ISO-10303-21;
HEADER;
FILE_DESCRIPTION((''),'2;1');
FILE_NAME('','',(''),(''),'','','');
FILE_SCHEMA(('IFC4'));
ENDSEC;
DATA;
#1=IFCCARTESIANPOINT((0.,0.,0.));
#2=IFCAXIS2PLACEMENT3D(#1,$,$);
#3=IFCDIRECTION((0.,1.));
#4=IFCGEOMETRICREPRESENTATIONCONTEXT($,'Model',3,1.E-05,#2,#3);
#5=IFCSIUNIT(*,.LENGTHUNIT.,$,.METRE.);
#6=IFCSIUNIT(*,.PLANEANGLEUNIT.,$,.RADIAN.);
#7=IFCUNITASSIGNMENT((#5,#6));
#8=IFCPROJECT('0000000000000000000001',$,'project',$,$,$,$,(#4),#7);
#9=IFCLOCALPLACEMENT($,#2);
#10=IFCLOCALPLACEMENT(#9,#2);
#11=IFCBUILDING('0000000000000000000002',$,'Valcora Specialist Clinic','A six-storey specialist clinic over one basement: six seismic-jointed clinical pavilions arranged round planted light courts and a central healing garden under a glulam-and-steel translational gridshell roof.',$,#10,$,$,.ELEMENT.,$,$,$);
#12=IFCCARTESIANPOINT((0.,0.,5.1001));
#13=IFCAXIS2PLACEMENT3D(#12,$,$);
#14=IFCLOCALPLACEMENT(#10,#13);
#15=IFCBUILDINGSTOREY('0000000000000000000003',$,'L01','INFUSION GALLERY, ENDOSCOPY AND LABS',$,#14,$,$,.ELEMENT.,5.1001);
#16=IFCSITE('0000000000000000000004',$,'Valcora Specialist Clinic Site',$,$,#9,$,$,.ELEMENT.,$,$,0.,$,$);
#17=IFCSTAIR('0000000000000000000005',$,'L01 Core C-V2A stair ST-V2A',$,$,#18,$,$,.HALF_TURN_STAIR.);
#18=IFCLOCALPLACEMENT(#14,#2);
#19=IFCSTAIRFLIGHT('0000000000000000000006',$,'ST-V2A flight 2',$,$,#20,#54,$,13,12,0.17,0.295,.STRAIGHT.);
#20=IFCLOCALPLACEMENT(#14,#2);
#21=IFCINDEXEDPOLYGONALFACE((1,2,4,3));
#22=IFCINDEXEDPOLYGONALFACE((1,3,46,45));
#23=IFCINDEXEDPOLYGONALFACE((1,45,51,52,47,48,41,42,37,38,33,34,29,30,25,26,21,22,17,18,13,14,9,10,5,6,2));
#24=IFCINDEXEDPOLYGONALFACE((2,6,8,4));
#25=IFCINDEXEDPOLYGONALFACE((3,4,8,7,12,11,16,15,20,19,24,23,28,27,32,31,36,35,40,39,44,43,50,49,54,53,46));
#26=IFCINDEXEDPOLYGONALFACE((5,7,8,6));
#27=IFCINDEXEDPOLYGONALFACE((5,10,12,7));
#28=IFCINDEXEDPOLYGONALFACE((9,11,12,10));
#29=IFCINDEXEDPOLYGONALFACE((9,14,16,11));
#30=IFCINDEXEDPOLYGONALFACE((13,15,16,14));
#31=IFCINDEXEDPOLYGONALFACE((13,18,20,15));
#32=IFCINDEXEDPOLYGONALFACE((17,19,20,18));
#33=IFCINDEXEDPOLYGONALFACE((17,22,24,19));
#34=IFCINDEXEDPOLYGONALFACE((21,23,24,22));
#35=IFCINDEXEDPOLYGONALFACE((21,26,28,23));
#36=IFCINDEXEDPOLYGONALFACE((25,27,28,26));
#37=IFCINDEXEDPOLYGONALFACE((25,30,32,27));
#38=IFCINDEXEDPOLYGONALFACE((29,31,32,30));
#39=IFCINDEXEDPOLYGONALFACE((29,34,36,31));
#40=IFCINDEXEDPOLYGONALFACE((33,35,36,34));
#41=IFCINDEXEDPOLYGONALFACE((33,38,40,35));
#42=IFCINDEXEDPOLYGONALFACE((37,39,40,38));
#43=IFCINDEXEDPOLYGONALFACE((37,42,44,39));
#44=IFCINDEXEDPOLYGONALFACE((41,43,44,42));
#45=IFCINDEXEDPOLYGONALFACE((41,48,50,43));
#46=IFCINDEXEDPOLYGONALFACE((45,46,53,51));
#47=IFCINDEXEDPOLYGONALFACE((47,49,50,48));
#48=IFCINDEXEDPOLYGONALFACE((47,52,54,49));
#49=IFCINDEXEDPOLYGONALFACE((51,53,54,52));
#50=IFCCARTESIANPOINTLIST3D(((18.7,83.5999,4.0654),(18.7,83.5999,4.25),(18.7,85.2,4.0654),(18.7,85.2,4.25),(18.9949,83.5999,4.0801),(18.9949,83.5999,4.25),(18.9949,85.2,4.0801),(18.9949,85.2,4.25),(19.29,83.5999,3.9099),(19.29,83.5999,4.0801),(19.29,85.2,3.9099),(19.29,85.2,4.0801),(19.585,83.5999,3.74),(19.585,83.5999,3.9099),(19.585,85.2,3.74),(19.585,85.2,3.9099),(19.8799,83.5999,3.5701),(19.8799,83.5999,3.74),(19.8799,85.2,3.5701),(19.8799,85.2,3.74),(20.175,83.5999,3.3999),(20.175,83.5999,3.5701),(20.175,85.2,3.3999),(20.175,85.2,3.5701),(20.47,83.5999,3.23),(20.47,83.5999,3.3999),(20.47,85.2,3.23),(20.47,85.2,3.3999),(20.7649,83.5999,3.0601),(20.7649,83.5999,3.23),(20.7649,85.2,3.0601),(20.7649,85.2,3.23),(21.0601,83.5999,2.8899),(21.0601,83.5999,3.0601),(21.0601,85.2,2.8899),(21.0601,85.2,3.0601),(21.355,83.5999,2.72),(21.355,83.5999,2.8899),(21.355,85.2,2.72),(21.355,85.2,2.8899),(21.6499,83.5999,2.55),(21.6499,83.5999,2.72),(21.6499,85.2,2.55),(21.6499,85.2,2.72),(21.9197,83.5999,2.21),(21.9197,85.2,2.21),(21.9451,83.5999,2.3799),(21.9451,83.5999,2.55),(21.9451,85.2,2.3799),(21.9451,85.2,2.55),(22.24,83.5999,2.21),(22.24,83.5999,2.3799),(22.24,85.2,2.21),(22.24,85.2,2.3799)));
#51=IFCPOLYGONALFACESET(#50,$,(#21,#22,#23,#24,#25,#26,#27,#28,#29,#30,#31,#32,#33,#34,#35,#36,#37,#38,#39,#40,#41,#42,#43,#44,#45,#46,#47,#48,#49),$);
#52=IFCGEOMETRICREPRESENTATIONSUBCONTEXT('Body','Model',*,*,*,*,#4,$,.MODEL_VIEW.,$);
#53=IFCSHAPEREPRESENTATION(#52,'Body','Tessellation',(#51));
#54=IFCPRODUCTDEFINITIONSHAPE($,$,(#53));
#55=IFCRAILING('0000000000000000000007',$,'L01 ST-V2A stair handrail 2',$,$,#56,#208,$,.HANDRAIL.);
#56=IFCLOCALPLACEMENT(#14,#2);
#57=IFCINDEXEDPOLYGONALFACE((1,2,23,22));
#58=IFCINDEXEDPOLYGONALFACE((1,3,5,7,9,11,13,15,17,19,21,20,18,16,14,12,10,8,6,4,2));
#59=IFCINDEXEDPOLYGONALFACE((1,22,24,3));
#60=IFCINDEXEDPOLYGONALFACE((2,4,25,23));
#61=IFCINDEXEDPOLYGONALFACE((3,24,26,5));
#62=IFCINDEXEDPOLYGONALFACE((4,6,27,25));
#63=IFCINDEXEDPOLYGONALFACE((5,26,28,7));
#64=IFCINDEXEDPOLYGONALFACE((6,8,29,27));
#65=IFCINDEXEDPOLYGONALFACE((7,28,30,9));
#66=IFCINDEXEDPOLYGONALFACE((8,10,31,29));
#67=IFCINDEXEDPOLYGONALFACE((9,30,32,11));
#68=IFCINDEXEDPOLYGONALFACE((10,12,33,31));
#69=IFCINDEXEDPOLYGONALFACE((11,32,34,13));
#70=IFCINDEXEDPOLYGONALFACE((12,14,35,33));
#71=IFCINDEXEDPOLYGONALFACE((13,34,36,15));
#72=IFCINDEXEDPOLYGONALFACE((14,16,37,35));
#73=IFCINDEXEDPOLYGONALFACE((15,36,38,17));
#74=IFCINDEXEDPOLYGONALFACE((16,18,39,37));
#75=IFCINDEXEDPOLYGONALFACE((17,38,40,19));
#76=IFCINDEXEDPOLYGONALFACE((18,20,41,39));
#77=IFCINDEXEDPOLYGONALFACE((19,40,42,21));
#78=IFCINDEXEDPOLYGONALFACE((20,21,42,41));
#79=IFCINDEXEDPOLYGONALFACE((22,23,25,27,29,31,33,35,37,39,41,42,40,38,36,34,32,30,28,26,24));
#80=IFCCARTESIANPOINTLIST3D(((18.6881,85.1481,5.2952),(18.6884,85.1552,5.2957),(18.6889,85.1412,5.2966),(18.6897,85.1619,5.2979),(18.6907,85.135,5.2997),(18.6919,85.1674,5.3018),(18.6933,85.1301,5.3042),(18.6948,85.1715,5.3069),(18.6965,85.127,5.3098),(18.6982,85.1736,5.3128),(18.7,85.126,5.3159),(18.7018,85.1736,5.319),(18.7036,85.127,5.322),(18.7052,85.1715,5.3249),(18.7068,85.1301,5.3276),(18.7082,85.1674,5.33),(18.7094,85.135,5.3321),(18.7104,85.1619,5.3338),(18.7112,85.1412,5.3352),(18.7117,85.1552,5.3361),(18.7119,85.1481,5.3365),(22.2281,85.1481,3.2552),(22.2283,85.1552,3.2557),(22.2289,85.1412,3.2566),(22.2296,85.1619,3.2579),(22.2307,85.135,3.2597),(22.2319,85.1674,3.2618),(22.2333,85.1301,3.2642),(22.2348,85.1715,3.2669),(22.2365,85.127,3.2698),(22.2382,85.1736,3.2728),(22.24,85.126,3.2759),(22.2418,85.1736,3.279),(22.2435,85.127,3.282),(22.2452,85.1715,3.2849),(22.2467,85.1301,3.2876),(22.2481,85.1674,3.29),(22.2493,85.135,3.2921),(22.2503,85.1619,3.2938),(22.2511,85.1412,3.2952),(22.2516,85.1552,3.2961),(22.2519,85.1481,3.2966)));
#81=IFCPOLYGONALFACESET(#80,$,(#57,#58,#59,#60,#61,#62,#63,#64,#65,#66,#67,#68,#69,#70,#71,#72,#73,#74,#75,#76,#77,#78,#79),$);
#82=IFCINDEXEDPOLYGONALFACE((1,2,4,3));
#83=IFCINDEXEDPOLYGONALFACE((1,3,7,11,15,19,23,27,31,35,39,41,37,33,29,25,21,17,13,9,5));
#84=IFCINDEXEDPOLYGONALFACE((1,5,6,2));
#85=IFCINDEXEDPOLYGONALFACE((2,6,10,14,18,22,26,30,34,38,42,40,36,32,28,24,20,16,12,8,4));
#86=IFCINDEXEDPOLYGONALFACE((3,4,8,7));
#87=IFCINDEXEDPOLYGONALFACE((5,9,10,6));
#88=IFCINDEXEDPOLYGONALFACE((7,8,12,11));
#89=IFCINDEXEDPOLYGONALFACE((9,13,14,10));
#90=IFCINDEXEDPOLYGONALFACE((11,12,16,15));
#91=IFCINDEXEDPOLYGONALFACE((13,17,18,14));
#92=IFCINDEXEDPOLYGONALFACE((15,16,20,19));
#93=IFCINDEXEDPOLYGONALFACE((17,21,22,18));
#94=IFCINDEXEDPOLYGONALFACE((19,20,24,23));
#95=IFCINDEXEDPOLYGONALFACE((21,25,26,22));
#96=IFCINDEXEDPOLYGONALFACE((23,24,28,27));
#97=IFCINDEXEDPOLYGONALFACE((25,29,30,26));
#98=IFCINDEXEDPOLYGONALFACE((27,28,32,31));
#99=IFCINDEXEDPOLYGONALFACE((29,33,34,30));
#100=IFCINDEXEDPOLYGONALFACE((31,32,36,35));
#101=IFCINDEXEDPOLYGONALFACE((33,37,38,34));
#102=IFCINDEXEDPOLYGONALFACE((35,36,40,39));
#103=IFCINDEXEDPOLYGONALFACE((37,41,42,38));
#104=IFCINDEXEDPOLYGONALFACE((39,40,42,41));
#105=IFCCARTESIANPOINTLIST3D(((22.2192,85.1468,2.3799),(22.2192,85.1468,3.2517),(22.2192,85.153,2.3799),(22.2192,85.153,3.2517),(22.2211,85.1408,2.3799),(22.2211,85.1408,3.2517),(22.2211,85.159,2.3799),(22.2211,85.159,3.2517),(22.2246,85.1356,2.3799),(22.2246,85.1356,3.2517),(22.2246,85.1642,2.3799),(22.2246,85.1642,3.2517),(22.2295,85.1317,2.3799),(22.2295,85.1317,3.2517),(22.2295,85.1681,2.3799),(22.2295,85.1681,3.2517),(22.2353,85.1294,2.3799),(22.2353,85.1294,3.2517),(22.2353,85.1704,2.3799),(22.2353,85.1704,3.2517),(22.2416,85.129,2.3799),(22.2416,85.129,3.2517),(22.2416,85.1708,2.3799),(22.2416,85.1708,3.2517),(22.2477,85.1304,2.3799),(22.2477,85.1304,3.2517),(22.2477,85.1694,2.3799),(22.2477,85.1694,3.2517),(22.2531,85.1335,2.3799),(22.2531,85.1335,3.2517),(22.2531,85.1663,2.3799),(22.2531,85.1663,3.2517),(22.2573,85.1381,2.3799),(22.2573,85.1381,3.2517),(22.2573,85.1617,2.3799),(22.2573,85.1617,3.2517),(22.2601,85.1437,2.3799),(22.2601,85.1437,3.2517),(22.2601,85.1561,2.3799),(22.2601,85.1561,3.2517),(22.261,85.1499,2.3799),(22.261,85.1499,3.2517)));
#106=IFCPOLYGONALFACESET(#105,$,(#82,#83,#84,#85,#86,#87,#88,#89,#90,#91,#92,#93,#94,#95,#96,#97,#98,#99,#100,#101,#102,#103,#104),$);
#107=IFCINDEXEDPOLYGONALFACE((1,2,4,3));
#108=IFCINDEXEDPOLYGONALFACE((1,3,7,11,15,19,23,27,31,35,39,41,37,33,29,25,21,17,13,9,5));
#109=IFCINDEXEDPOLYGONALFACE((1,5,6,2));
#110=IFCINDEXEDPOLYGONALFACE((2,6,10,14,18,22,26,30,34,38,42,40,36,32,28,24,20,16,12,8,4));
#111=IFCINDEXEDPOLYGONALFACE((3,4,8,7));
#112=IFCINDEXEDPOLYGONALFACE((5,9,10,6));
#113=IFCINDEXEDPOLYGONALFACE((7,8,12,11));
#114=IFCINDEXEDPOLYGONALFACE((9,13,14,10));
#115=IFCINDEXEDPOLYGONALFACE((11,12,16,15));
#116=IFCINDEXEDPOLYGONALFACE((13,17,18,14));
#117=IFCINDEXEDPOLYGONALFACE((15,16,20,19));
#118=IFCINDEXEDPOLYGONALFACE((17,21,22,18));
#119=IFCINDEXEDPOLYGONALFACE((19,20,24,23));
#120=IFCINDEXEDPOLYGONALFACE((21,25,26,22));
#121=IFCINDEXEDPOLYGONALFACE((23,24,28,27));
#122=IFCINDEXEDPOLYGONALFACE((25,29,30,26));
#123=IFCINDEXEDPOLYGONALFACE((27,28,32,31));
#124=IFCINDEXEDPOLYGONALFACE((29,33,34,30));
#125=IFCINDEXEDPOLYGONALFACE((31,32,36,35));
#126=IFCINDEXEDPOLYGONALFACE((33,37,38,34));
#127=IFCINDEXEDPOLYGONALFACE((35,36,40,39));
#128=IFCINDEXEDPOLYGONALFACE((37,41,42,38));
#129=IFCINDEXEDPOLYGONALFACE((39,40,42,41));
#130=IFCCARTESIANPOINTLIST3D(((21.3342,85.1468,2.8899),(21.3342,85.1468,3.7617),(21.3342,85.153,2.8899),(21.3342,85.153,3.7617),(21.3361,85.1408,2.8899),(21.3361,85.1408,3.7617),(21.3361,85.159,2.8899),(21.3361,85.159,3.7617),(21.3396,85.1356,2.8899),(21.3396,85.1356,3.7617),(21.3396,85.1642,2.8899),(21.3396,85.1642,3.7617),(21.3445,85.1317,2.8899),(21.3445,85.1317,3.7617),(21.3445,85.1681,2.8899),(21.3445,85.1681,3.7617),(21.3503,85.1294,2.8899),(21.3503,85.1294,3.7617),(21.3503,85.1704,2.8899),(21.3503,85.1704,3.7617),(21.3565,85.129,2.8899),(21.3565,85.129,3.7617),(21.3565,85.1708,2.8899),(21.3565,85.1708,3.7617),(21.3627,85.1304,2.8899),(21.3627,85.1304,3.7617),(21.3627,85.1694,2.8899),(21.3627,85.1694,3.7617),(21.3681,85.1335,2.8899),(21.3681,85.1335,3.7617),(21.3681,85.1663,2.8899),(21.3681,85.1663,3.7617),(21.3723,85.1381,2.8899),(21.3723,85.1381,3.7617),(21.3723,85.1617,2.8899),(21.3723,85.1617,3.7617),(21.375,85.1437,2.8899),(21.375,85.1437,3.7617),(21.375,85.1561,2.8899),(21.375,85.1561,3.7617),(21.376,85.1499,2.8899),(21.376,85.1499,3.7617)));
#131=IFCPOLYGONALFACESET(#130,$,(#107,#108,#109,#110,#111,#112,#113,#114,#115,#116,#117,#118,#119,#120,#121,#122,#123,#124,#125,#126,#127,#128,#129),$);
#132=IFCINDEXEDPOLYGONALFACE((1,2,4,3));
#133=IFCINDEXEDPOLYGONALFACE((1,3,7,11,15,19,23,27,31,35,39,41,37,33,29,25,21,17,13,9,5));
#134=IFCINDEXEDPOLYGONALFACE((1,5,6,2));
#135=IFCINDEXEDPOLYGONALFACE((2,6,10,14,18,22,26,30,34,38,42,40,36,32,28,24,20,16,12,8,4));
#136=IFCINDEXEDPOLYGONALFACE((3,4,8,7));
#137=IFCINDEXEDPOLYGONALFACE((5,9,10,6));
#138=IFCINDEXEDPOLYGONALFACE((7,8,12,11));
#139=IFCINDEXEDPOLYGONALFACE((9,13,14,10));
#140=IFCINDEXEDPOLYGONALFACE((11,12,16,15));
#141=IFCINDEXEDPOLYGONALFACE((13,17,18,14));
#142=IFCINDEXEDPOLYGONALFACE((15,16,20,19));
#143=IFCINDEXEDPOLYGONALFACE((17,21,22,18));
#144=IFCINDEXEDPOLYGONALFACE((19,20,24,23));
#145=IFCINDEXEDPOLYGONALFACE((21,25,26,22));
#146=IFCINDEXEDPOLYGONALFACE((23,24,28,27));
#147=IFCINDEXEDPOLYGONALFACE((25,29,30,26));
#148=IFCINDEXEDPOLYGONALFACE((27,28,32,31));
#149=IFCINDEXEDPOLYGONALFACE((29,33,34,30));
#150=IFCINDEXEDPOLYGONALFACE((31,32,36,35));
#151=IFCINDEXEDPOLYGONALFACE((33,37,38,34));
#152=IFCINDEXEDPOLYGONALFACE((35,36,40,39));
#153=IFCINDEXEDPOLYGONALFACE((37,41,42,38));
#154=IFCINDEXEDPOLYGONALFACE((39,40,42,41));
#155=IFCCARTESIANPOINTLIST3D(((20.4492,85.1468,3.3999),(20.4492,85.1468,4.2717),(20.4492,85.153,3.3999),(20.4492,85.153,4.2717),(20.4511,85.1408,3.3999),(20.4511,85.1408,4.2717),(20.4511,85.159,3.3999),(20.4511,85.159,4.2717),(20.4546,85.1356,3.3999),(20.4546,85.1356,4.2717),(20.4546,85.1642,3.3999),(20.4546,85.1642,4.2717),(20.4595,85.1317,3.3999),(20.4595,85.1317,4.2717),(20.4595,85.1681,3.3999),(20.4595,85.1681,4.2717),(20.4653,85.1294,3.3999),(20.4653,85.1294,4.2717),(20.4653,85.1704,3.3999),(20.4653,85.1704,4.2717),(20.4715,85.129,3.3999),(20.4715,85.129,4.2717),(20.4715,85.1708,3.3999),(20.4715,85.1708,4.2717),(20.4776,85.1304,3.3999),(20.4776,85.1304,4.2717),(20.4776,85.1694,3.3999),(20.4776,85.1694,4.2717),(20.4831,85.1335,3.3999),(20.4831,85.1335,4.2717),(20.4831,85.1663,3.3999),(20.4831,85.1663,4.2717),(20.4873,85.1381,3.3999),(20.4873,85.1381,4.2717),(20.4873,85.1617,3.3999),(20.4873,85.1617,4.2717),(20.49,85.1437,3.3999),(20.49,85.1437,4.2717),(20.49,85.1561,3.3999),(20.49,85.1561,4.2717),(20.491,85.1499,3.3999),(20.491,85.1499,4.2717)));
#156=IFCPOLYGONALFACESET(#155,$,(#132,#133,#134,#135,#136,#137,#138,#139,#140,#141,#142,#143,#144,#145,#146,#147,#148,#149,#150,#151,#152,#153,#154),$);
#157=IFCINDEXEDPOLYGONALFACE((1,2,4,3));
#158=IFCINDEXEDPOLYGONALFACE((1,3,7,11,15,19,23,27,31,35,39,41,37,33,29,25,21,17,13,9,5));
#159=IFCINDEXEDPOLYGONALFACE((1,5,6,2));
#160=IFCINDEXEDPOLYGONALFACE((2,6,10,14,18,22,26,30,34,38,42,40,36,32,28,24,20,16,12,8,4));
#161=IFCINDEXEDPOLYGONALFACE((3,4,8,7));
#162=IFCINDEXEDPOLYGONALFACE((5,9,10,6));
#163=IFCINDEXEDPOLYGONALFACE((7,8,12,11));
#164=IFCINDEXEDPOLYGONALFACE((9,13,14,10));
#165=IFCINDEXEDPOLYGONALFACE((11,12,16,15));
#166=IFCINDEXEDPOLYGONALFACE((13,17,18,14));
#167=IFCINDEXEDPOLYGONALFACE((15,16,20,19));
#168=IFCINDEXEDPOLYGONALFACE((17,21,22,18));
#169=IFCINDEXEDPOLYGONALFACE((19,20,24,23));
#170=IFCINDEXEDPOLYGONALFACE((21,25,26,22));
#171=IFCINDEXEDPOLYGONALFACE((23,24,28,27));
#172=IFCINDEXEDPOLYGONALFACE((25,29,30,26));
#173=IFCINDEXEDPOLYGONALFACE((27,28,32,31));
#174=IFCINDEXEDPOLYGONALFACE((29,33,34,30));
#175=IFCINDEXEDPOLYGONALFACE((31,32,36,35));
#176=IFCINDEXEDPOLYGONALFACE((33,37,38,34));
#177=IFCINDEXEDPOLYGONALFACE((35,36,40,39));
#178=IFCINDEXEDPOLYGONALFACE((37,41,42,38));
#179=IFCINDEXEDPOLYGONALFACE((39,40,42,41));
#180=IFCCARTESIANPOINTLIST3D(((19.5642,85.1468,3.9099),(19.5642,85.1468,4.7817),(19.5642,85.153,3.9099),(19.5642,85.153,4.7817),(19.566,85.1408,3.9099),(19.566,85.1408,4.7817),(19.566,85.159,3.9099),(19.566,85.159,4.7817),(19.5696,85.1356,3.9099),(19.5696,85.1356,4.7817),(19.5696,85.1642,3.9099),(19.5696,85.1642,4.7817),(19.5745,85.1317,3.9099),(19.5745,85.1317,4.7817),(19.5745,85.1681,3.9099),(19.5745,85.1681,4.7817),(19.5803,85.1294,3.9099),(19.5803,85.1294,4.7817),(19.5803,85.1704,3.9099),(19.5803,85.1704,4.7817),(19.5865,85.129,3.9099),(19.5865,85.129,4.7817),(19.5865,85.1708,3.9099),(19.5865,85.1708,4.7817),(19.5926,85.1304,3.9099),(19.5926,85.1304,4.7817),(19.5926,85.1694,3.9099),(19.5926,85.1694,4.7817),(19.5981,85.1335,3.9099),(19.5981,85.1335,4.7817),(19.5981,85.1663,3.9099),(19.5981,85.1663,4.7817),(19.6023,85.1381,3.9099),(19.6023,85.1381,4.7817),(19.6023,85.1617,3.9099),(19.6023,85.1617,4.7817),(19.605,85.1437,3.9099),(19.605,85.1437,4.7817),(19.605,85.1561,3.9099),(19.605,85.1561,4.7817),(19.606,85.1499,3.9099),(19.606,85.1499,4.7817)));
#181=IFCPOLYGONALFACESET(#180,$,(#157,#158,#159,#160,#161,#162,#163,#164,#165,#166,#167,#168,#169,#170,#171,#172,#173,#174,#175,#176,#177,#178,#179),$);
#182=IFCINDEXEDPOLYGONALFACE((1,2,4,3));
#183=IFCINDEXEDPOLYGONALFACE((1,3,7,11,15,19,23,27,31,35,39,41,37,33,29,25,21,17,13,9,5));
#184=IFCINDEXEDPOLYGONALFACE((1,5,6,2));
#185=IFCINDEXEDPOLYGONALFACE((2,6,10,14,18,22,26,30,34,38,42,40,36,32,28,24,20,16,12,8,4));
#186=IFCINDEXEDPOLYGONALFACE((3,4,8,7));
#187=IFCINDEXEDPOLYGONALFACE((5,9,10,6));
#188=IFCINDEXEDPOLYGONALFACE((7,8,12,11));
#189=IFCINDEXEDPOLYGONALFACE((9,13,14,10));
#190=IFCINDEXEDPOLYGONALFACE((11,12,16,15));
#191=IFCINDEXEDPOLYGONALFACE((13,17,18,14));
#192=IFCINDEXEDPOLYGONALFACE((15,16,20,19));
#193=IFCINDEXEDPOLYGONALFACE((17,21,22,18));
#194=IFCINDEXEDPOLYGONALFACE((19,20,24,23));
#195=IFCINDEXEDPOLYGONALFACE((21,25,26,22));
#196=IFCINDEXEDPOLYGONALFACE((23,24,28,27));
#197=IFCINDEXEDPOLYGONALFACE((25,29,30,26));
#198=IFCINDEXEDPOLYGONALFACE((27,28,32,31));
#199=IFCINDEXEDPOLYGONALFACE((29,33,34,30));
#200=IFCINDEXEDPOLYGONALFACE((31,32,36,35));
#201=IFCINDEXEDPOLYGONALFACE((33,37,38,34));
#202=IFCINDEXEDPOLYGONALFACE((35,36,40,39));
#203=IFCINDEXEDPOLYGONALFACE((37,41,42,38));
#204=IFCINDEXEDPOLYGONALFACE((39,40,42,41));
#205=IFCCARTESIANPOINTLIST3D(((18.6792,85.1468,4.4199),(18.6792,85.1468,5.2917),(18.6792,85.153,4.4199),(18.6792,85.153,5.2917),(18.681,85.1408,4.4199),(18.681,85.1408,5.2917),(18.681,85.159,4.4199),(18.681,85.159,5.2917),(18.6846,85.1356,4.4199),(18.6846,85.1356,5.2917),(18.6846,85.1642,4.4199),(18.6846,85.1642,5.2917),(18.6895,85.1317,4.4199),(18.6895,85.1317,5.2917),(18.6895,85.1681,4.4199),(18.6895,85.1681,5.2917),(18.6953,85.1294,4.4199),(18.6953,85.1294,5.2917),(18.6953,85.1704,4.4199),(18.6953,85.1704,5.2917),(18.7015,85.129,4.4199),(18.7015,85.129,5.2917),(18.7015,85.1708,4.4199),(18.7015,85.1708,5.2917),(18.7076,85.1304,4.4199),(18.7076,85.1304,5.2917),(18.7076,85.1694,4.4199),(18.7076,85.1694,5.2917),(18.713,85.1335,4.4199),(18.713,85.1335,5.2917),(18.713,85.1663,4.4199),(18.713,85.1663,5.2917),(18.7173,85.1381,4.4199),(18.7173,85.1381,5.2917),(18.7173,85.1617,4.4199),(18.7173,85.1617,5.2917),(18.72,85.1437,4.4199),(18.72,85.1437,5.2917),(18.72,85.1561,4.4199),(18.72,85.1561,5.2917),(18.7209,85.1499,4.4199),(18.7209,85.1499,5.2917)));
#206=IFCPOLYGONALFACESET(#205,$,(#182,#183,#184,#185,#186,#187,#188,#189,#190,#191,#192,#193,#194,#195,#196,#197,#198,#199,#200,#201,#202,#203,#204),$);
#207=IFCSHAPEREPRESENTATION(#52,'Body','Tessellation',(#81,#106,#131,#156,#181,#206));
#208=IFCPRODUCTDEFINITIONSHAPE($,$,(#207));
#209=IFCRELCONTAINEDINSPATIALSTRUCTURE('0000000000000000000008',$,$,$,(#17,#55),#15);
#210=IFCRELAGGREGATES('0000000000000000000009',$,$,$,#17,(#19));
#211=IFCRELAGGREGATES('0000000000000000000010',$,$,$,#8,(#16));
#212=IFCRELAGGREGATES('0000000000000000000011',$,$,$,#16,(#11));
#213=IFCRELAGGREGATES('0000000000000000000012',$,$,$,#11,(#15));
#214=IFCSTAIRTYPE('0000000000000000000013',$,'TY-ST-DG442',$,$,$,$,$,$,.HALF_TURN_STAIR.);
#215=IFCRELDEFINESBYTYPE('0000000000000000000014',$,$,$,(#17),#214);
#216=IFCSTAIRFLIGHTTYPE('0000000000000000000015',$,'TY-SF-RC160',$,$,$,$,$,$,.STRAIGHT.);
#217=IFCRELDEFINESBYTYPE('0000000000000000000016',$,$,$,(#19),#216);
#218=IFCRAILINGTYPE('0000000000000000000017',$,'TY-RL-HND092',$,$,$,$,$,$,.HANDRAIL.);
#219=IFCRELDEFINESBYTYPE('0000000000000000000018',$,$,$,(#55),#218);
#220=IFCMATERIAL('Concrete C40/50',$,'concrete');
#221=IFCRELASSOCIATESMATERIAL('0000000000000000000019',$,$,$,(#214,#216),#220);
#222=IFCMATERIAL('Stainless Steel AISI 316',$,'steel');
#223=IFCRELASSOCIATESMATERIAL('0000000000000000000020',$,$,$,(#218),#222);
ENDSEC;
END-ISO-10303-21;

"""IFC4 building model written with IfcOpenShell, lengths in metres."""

from ifc_helpers import new_model, si_unit, direction, frame, origin, origin_2d, place, context, subcontext, project, spatial, polyline, circle, outline, extrude, material, type_object, element, aggregate, save


model = new_model("IFC4")

# Units and contexts
model_context = context("Model", 3, precision=1e-05, world=origin(), true_north=direction((0.0, 1.0)))
body_context = subcontext(model_context, "Body", "Model", "MODEL_VIEW")
ifc_project = project(units=[si_unit("LENGTHUNIT", "METRE"), si_unit("PLANEANGLEUNIT", "RADIAN")], contexts=[model_context])

# Site, building, storey
site_placement = place(None, origin())
site = spatial("IfcSite", under=ifc_project, at=site_placement, Name="Valcora Specialist Clinic Site", CompositionType="ELEMENT", RefElevation=0.0)
building_placement = place(site_placement, origin())
building = spatial("IfcBuilding", under=site, at=building_placement, Name="Valcora Specialist Clinic", Description="A six-storey specialist clinic over one basement: six seismic-jointed clinical pavilions arranged round planted light courts and a central healing garden under a glulam-and-steel translational gridshell roof.", CompositionType="ELEMENT")
storey_placement = place(building_placement, frame((0.0, 0.0, 5.1001)))
storey = spatial("IfcBuildingStorey", under=building, at=storey_placement, Name="L01", Description="INFUSION GALLERY, ENDOSCOPY AND LABS", CompositionType="ELEMENT", Elevation=5.1001)

# Shared definitions
ifc_material_1 = material(Name="Concrete C40/50", Category="concrete")

# Shared definitions
ifc_material_2 = material(Name="Stainless Steel AISI 316", Category="steel")

# Stair, stair flight
stair_type = type_object("IfcStairType", Name="TY-ST-DG442", PredefinedType="HALF_TURN_STAIR", material=ifc_material_1)
stair_placement = place(storey_placement, origin())
stair = element("IfcStair", 1, at=stair_placement, inside=storey, type_object=stair_type, Name="L01 Core C-V2A stair ST-V2A", PredefinedType="HALF_TURN_STAIR")
stair_flight_type = type_object("IfcStairFlightType", Name="TY-SF-RC160", PredefinedType="STRAIGHT", material=ifc_material_1)
stair_flight_placement = place(storey_placement, frame((22.24, 84.3999, 2.21), z_axis=(0.0, 0.0, 1.0), x_axis=(-1.0, 0.0, 0.0)))
stair_flight = element("IfcStairFlight", 2, at=stair_flight_placement, type_object=stair_flight_type, Name="ST-V2A flight 2", NumberOfRisers=13, NumberOfTreads=12, PredefinedType="STRAIGHT", RiserHeight=0.17, TreadLength=0.295, context=body_context, shape_type="SweptSolid", body=[
    extrude(outline(polyline([(0.0, 0.0), (0.0, 0.1699), (0.2949, 0.1699), (0.2949, 0.3401), (0.5901, 0.3401), (0.5901, 0.51), (0.885, 0.51), (0.885, 0.6799), (1.1799, 0.6799), (1.1799, 0.8501), (1.4751, 0.8501), (1.4751, 1.02), (1.77, 1.02), (1.77, 1.1899), (2.0649, 1.1899), (2.0649, 1.3601), (2.3601, 1.3601), (2.3601, 1.53), (2.655, 1.53), (2.655, 1.7), (2.95, 1.7), (2.95, 1.8701), (3.2451, 1.8701), (3.2451, 2.04), (3.54, 2.04), (3.54, 2.21), (3.54, 1.8555), (0.3203, 0.0), (0.0, 0.0)])), frame((0.0, 0.8, 0.0), z_axis=(0.0, -1.0, 0.0), x_axis=(1.0, 0.0, 0.0)), (0.0, 0.0, 1.0), 1.6001),
])
aggregate(stair, [stair_flight])

# Railing
railing_type = type_object("IfcRailingType", Name="TY-RL-HND092", PredefinedType="HANDRAIL", material=ifc_material_2)
railing_placement = place(storey_placement, frame((22.24, 85.1499, 2.3799)))
element("IfcRailing", 3, at=railing_placement, inside=storey, type_object=railing_type, Name="L01 ST-V2A stair handrail 2", PredefinedType="HANDRAIL", context=body_context, shape_type="SweptSolid", body=[
    extrude(circle(Radius=0.0239, at=origin_2d()), frame((0.0, 0.0, 0.896), z_axis=(-0.866428, 0.0, 0.499302), x_axis=(0.0, -1.0, 0.0)), (0.0, 0.0, 1.0), 4.0857),
    extrude(circle(Radius=0.021, at=origin_2d()), origin(), (0.0, 0.0, 1.0), 0.8718),
    extrude(circle(Radius=0.021, at=origin_2d()), frame((-0.885, 0.0, 0.51)), (0.0, 0.0, 1.0), 0.8718),
    extrude(circle(Radius=0.021, at=origin_2d()), frame((-1.77, 0.0, 1.02)), (0.0, 0.0, 1.0), 0.8718),
    extrude(circle(Radius=0.021, at=origin_2d()), frame((-2.655, 0.0, 1.53)), (0.0, 0.0, 1.0), 0.8718),
    extrude(circle(Radius=0.021, at=origin_2d()), frame((-3.54, 0.0, 2.04)), (0.0, 0.0, 1.0), 0.8718),
])

save(model, "model.ifc")
